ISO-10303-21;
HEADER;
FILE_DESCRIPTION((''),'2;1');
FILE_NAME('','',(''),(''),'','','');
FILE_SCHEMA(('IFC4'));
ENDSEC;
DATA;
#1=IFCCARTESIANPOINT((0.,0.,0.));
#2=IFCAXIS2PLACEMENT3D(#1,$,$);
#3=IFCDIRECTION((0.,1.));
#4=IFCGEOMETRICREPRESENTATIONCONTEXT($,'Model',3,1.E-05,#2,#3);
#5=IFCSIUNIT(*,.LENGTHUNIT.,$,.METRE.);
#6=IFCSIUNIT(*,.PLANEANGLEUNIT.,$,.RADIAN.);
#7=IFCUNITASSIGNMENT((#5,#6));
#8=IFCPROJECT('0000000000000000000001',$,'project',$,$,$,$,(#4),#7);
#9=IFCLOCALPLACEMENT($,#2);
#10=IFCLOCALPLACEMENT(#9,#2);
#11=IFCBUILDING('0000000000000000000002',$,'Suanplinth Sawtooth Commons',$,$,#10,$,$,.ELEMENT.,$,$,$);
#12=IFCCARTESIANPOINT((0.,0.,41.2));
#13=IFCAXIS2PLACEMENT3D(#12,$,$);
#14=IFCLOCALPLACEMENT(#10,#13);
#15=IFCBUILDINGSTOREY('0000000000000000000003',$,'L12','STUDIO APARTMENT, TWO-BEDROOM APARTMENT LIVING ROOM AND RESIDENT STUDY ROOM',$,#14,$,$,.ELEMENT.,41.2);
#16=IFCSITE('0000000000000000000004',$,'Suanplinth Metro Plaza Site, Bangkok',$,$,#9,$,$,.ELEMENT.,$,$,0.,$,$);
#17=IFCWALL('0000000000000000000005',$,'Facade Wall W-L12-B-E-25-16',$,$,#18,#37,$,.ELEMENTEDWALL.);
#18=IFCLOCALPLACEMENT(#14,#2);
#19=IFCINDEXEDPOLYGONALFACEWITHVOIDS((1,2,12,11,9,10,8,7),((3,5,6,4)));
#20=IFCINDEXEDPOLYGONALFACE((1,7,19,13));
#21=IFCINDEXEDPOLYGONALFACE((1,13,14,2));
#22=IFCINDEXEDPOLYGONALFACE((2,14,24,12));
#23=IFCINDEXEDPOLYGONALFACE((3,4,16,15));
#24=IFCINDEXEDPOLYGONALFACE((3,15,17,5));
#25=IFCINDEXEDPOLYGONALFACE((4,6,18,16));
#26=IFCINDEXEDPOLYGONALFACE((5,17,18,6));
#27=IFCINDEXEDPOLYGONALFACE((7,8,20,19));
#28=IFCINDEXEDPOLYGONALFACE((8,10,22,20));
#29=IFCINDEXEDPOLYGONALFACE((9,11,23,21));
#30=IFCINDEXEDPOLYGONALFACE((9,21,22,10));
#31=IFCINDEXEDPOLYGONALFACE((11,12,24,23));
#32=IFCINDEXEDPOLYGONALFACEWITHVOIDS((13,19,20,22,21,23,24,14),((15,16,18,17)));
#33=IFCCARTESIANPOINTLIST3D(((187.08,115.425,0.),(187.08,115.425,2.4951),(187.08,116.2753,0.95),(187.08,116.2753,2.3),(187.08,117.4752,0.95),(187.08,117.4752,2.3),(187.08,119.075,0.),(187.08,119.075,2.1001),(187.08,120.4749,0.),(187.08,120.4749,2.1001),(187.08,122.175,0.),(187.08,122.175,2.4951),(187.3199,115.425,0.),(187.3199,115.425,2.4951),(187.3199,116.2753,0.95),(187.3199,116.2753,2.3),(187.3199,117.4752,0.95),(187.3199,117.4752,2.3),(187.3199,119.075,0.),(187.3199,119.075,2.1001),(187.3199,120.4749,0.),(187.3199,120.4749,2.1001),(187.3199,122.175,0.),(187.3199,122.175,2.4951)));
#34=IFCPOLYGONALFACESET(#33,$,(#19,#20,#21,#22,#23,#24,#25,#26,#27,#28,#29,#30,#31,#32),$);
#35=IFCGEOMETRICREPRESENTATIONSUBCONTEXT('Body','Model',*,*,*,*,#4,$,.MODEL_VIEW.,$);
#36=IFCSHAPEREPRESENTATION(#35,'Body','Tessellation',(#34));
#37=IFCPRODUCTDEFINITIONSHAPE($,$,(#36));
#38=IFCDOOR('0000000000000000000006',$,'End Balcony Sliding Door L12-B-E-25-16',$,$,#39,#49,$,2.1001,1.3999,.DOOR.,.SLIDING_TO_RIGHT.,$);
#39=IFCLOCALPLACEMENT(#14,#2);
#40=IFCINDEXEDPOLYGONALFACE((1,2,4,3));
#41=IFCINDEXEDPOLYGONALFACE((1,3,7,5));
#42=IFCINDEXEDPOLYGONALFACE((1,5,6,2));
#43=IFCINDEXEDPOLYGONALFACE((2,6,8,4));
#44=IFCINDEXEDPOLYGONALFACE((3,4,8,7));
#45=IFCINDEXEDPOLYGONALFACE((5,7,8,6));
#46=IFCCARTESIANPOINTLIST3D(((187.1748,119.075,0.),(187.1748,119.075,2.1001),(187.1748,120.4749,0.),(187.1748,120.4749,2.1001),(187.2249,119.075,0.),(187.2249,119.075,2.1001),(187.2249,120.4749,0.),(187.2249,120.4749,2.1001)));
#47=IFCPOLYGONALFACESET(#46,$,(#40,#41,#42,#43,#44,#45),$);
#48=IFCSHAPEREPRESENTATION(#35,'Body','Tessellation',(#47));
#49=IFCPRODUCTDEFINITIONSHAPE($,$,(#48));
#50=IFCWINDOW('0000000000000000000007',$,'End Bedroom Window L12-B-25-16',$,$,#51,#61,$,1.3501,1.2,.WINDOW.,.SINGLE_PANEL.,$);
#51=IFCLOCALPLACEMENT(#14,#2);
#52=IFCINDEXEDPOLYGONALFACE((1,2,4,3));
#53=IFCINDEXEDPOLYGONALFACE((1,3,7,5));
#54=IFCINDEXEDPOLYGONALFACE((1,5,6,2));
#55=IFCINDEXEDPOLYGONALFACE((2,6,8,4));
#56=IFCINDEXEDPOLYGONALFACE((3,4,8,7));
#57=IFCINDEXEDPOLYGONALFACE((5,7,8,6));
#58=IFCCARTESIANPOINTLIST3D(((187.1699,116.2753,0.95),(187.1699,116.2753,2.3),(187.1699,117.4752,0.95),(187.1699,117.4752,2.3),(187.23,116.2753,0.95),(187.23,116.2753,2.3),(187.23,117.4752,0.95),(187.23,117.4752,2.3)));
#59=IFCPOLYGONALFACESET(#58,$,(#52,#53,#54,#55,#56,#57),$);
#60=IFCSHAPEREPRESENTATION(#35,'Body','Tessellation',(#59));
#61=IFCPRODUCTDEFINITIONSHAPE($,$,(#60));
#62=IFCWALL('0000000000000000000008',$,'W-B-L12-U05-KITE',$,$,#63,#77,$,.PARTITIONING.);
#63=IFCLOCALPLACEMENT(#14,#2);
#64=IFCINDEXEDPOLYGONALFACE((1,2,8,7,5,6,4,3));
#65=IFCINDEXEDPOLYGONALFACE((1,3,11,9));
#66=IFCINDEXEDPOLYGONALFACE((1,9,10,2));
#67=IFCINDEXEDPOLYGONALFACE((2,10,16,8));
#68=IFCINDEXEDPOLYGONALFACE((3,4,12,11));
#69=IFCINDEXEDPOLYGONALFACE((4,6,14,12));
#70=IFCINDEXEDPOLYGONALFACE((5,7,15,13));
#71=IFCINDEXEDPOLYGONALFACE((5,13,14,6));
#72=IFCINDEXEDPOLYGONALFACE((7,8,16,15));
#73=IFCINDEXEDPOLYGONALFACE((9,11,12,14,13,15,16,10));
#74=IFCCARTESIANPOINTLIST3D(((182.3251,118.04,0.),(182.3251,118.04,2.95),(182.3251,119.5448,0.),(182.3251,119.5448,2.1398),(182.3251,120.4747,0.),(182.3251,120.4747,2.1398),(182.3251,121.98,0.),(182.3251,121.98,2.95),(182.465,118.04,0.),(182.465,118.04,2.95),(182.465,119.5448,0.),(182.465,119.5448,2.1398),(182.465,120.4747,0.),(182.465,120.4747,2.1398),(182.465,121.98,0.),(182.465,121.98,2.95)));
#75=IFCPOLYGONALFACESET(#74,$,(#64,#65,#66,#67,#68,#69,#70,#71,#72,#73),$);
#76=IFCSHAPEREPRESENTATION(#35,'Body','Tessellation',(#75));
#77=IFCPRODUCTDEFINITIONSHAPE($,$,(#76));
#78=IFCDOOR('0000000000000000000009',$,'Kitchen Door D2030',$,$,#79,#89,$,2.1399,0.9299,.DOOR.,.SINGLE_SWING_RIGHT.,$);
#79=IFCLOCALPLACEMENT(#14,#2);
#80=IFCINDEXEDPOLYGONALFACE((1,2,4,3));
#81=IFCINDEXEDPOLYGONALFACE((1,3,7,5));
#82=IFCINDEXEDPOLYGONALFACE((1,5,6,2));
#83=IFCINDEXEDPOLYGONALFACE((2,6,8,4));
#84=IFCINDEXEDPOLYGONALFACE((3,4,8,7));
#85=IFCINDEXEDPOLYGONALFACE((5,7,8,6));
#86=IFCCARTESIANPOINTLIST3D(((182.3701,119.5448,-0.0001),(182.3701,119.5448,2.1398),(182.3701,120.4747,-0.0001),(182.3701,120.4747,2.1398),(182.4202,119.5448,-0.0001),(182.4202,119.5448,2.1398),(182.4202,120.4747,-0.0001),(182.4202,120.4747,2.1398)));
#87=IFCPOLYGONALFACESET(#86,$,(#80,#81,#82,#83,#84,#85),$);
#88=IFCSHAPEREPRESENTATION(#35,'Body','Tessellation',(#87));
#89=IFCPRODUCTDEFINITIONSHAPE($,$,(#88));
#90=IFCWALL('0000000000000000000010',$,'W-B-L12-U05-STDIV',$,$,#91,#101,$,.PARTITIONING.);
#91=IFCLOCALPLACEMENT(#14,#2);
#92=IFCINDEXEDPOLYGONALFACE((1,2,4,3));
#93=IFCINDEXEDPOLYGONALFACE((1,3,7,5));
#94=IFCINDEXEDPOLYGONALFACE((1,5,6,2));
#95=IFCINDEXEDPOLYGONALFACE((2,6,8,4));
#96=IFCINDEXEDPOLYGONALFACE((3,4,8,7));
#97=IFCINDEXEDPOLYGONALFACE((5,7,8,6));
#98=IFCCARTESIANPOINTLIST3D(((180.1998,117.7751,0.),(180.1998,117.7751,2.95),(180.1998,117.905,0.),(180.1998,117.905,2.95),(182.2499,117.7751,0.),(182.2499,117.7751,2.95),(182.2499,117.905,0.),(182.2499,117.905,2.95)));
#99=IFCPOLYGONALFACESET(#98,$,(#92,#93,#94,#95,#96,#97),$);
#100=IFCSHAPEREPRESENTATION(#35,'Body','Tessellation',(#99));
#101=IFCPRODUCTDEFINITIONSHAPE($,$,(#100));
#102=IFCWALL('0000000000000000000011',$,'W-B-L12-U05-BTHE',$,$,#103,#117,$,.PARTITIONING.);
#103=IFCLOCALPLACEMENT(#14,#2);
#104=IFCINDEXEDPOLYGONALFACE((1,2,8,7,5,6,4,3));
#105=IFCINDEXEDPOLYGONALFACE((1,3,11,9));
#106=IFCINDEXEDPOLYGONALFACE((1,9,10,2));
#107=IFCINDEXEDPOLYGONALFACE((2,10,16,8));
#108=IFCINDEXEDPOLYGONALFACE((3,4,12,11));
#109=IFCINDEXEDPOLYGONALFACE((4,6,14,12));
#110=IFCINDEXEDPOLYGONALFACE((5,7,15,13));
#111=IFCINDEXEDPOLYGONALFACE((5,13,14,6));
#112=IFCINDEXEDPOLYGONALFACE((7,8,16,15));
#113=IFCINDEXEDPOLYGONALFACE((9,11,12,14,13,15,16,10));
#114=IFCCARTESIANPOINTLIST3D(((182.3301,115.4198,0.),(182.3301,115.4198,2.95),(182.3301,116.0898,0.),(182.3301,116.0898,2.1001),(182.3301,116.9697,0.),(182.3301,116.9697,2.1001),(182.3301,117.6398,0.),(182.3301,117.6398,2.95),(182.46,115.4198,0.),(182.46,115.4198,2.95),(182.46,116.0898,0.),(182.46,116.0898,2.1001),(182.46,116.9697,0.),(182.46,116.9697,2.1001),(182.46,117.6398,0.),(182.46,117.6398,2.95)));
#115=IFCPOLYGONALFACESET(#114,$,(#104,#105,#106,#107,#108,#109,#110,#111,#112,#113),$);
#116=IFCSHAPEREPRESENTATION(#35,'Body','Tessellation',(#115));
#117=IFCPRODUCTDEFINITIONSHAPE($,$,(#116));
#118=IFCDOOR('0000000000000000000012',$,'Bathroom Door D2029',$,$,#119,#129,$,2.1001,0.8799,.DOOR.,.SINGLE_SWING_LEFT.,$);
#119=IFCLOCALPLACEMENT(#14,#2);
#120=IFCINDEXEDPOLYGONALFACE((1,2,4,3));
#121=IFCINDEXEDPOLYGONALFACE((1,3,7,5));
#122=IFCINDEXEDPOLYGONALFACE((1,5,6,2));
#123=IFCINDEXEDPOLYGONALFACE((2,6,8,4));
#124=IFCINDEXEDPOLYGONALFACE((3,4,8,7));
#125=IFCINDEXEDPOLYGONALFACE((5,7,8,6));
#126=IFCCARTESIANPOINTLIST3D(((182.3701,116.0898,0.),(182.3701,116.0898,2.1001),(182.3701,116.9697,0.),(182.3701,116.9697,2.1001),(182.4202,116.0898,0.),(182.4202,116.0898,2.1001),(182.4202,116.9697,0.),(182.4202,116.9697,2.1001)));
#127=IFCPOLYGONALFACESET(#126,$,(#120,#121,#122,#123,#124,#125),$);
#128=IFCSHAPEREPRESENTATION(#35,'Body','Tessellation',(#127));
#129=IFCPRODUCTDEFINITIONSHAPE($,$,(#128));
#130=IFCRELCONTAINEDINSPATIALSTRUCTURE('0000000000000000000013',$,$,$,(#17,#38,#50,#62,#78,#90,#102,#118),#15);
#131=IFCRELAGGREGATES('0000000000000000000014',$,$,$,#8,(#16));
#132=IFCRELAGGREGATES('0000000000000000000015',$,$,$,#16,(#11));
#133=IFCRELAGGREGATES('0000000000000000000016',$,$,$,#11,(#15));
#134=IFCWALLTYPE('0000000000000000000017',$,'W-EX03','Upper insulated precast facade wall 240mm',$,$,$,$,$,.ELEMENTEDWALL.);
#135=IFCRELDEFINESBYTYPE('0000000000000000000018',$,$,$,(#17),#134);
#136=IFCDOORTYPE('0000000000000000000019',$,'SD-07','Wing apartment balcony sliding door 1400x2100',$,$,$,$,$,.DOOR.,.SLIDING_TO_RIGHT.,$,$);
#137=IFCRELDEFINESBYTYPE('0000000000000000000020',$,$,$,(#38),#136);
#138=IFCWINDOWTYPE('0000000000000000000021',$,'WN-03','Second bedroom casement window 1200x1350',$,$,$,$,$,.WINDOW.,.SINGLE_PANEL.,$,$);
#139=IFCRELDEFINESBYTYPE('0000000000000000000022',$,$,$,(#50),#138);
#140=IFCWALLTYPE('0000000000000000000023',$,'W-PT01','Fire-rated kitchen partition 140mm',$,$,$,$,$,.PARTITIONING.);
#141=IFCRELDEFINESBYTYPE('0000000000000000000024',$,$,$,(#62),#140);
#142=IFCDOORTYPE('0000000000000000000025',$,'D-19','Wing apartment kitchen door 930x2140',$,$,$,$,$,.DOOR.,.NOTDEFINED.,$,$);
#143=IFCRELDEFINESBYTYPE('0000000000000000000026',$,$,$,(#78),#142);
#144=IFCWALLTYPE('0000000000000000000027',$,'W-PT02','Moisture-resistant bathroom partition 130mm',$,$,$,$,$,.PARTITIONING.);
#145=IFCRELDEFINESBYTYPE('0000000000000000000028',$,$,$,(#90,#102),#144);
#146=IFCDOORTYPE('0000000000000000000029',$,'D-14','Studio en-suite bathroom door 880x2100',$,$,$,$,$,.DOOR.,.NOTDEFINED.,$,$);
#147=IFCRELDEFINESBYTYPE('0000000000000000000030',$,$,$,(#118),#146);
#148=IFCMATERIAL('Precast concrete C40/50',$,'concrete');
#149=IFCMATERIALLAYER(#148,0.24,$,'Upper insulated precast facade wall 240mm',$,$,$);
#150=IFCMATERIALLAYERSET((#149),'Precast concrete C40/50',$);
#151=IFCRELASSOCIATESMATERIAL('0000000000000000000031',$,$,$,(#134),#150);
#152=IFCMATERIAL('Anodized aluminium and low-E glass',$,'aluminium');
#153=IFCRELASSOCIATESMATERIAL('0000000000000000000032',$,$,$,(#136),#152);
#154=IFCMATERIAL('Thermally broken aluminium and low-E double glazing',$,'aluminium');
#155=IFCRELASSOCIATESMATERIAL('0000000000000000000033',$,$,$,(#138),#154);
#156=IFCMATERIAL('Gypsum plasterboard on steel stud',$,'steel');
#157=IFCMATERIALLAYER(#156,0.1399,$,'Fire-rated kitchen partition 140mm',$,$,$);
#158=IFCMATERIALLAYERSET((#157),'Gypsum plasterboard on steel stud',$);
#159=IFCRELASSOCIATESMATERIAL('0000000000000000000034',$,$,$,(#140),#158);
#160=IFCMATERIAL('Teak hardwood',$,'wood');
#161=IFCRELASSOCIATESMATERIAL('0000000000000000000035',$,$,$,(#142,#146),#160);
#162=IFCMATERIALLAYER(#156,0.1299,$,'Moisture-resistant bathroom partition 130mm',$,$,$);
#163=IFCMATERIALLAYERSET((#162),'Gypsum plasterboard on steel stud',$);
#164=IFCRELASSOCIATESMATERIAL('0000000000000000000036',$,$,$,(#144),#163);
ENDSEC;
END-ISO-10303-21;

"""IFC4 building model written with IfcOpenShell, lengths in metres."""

from ifc_helpers import new_model, si_unit, direction, frame, frame_2d, origin, place, context, subcontext, project, spatial, rectangle, extrude, material, layer, layer_set, type_object, element, fill, save


model = new_model("IFC4")

# Units and contexts
model_context = context("Model", 3, precision=1e-05, world=origin(), true_north=direction((0.0, 1.0)))
body_context = subcontext(model_context, "Body", "Model", "MODEL_VIEW")
ifc_project = project(units=[si_unit("LENGTHUNIT", "METRE"), si_unit("PLANEANGLEUNIT", "RADIAN")], contexts=[model_context])

# Site, building, storey
site_placement = place(None, origin())
site = spatial("IfcSite", under=ifc_project, at=site_placement, Name="Suanplinth Metro Plaza Site, Bangkok", CompositionType="ELEMENT", RefElevation=0.0)
building_placement = place(site_placement, origin())
building = spatial("IfcBuilding", under=site, at=building_placement, Name="Suanplinth Sawtooth Commons", CompositionType="ELEMENT")
storey_placement = place(building_placement, frame((0.0, 0.0, 41.2)))
storey = spatial("IfcBuildingStorey", under=building, at=storey_placement, Name="L12", Description="STUDIO APARTMENT, TWO-BEDROOM APARTMENT LIVING ROOM AND RESIDENT STUDY ROOM", CompositionType="ELEMENT", Elevation=41.2)

# Shared definitions
ifc_material_1 = material(Name="Precast concrete C40/50", Category="concrete")

# Wall, openings, door, window
ifc_layer_1 = layer(ifc_material_1, 0.24, Name="Upper insulated precast facade wall 240mm")
ifc_layer_set_1 = layer_set([ifc_layer_1], Name="Precast concrete C40/50")
wall_type_1 = type_object("IfcWallType", Name="W-EX03", Description="Upper insulated precast facade wall 240mm", PredefinedType="ELEMENTEDWALL", material=ifc_layer_set_1)
ifc_material_2 = material(Name="Anodized aluminium and low-E glass", Category="aluminium")
ifc_material_3 = material(Name="Thermally broken aluminium and low-E double glazing", Category="aluminium")
wall_1_placement = place(storey_placement, frame((187.2, 115.425, 0.0), z_axis=(0.0, 0.0, 1.0), x_axis=(0.0, 1.0, 0.0)))
wall_1 = element("IfcWall", 1, at=wall_1_placement, inside=storey, type_object=wall_type_1, Name="Facade Wall W-L12-B-E-25-16", PredefinedType="ELEMENTEDWALL", context=body_context, shape_type="SweptSolid", body=[
    extrude(rectangle(XDim=6.75, YDim=0.24, at=frame_2d((3.375, 0.0))), origin(), (0.0, 0.0, 1.0), 2.4951),
])
opening_1_placement = place(wall_1_placement, frame((3.6499, 0.0, 0.0)))
opening_1 = element("IfcOpeningElement", 2, at=opening_1_placement, cuts=wall_1, PredefinedType="OPENING", context=body_context, shape_type="SweptSolid", body=[
    extrude(rectangle(XDim=1.3999, YDim=2.1001, at=frame_2d((0.7, 1.05))), frame((0.0, 0.1348, 0.0), z_axis=(0.0, -1.0, 0.0), x_axis=(1.0, 0.0, 0.0)), (0.0, 0.0, 1.0), 0.2698),
])
opening_2_placement = place(wall_1_placement, frame((0.8501, 0.0, 0.95)))
opening_2 = element("IfcOpeningElement", 3, at=opening_2_placement, cuts=wall_1, PredefinedType="OPENING", context=body_context, shape_type="SweptSolid", body=[
    extrude(rectangle(XDim=1.2, YDim=1.3501, at=frame_2d((0.6001, 0.675))), frame((0.0, 0.1348, 0.0), z_axis=(0.0, -1.0, 0.0), x_axis=(1.0, 0.0, 0.0)), (0.0, 0.0, 1.0), 0.2698),
])
door_type_1 = type_object("IfcDoorType", Name="SD-07", Description="Wing apartment balcony sliding door 1400x2100", OperationType="SLIDING_TO_RIGHT", PredefinedType="DOOR", material=ifc_material_2)
door_1_placement = place(opening_1_placement, frame((1.3999, 0.0, 0.0), z_axis=(0.0, 0.0, 1.0), x_axis=(-1.0, 0.0, 0.0)))
door_1 = element("IfcDoor", 4, at=door_1_placement, inside=storey, type_object=door_type_1, Name="End Balcony Sliding Door L12-B-E-25-16", OperationType="SLIDING_TO_RIGHT", OverallHeight=2.1001, OverallWidth=1.3999, PredefinedType="DOOR", context=body_context, shape_type="SweptSolid", body=[
    extrude(rectangle(XDim=1.3999, YDim=2.1001, at=frame_2d((0.7, 1.05))), frame((0.0, 0.0249, 0.0), z_axis=(0.0, -1.0, 0.0), x_axis=(1.0, 0.0, 0.0)), (0.0, 0.0, 1.0), 0.05),
])
fill(opening_1, door_1)
window_type_1 = type_object("IfcWindowType", Name="WN-03", Description="Second bedroom casement window 1200x1350", PartitioningType="SINGLE_PANEL", PredefinedType="WINDOW", material=ifc_material_3)
window_1_placement = place(opening_2_placement, origin())
window_1 = element("IfcWindow", 5, at=window_1_placement, inside=storey, type_object=window_type_1, Name="End Bedroom Window L12-B-25-16", OverallHeight=1.3501, OverallWidth=1.2, PartitioningType="SINGLE_PANEL", PredefinedType="WINDOW", context=body_context, shape_type="SweptSolid", body=[
    extrude(rectangle(XDim=1.2, YDim=1.3501, at=frame_2d((0.6001, 0.675))), frame((0.0, 0.03, 0.0), z_axis=(0.0, -1.0, 0.0), x_axis=(1.0, 0.0, 0.0)), (0.0, 0.0, 1.0), 0.0601),
])
fill(opening_2, window_1)

# Wall, opening, door
ifc_material_4 = material(Name="Gypsum plasterboard on steel stud", Category="steel")
ifc_layer_2 = layer(ifc_material_4, 0.1399, Name="Fire-rated kitchen partition 140mm")
ifc_layer_set_2 = layer_set([ifc_layer_2], Name="Gypsum plasterboard on steel stud")
wall_type_2 = type_object("IfcWallType", Name="W-PT01", Description="Fire-rated kitchen partition 140mm", PredefinedType="PARTITIONING", material=ifc_layer_set_2)
wall_2_placement = place(storey_placement, frame((182.395, 118.04, 0.0), z_axis=(0.0, 0.0, 1.0), x_axis=(0.0, 1.0, 0.0)))
wall_2 = element("IfcWall", 6, at=wall_2_placement, inside=storey, type_object=wall_type_2, Name="W-B-L12-U05-KITE", PredefinedType="PARTITIONING", context=body_context, shape_type="SweptSolid", body=[
    extrude(rectangle(XDim=3.9399, YDim=0.1399, at=frame_2d((1.97, 0.0))), origin(), (0.0, 0.0, 1.0), 2.95),
])
opening_3_placement = place(wall_2_placement, frame((1.5049, 0.0, 0.0)))
opening_3 = element("IfcOpeningElement", 7, at=opening_3_placement, cuts=wall_2, PredefinedType="OPENING", context=body_context, shape_type="SweptSolid", body=[
    extrude(rectangle(XDim=0.9299, YDim=2.1399, at=frame_2d((0.4648, 1.0698))), frame((0.0, 0.085, 0.0), z_axis=(0.0, -1.0, 0.0), x_axis=(1.0, 0.0, 0.0)), (0.0, 0.0, 1.0), 0.1697),
])
ifc_material_5 = material(Name="Teak hardwood", Category="wood")
door_type_2 = type_object("IfcDoorType", Name="D-19", Description="Wing apartment kitchen door 930x2140", OperationType="NOTDEFINED", PredefinedType="DOOR", material=ifc_material_5)
door_2_placement = place(opening_3_placement, origin())
door_2 = element("IfcDoor", 8, at=door_2_placement, inside=storey, type_object=door_type_2, Name="Kitchen Door D2030", OperationType="SINGLE_SWING_RIGHT", OverallHeight=2.1399, OverallWidth=0.9299, PredefinedType="DOOR", context=body_context, shape_type="SweptSolid", body=[
    extrude(rectangle(XDim=0.9299, YDim=2.1399, at=frame_2d((0.4648, 1.0698))), frame((0.0, 0.0249, 0.0), z_axis=(0.0, -1.0, 0.0), x_axis=(1.0, 0.0, 0.0)), (0.0, 0.0, 1.0), 0.05),
])
fill(opening_3, door_2)

# Wall
ifc_layer_3 = layer(ifc_material_4, 0.1299, Name="Moisture-resistant bathroom partition 130mm")
ifc_layer_set_3 = layer_set([ifc_layer_3], Name="Gypsum plasterboard on steel stud")
wall_type_3 = type_object("IfcWallType", Name="W-PT02", Description="Moisture-resistant bathroom partition 130mm", PredefinedType="PARTITIONING", material=ifc_layer_set_3)
wall_3_placement = place(storey_placement, frame((180.2, 117.8401, 0.0), z_axis=(0.0, 0.0, 1.0), x_axis=(1.0, 0.0, 0.0)))
element("IfcWall", 9, at=wall_3_placement, inside=storey, type_object=wall_type_3, Name="W-B-L12-U05-STDIV", PredefinedType="PARTITIONING", context=body_context, shape_type="SweptSolid", body=[
    extrude(rectangle(XDim=2.05, YDim=0.1299, at=frame_2d((1.0249, 0.0))), origin(), (0.0, 0.0, 1.0), 2.95),
])

# Wall, opening, door
wall_4_placement = place(storey_placement, frame((182.395, 115.4199, 0.0), z_axis=(0.0, 0.0, 1.0), x_axis=(0.0, 1.0, 0.0)))
wall_4 = element("IfcWall", 10, at=wall_4_placement, inside=storey, type_object=wall_type_3, Name="W-B-L12-U05-BTHE", PredefinedType="PARTITIONING", context=body_context, shape_type="SweptSolid", body=[
    extrude(rectangle(XDim=2.22, YDim=0.1299, at=frame_2d((1.1099, 0.0))), origin(), (0.0, 0.0, 1.0), 2.95),
])
opening_4_placement = place(wall_4_placement, frame((0.6699, 0.0, 0.0)))
opening_4 = element("IfcOpeningElement", 11, at=opening_4_placement, cuts=wall_4, PredefinedType="OPENING", context=body_context, shape_type="SweptSolid", body=[
    extrude(rectangle(XDim=0.8799, YDim=2.1001, at=frame_2d((0.4399, 1.05))), frame((0.0, 0.0798, 0.0), z_axis=(0.0, -1.0, 0.0), x_axis=(1.0, 0.0, 0.0)), (0.0, 0.0, 1.0), 0.1597),
])
door_type_3 = type_object("IfcDoorType", Name="D-14", Description="Studio en-suite bathroom door 880x2100", OperationType="NOTDEFINED", PredefinedType="DOOR", material=ifc_material_5)
door_3_placement = place(opening_4_placement, origin())
door_3 = element("IfcDoor", 12, at=door_3_placement, inside=storey, type_object=door_type_3, Name="Bathroom Door D2029", OperationType="SINGLE_SWING_LEFT", OverallHeight=2.1001, OverallWidth=0.8799, PredefinedType="DOOR", context=body_context, shape_type="SweptSolid", body=[
    extrude(rectangle(XDim=0.8799, YDim=2.1001, at=frame_2d((0.4399, 1.05))), frame((0.0, 0.0249, 0.0), z_axis=(0.0, -1.0, 0.0), x_axis=(1.0, 0.0, 0.0)), (0.0, 0.0, 1.0), 0.05),
])
fill(opening_4, door_3)

save(model, "model.ifc")
